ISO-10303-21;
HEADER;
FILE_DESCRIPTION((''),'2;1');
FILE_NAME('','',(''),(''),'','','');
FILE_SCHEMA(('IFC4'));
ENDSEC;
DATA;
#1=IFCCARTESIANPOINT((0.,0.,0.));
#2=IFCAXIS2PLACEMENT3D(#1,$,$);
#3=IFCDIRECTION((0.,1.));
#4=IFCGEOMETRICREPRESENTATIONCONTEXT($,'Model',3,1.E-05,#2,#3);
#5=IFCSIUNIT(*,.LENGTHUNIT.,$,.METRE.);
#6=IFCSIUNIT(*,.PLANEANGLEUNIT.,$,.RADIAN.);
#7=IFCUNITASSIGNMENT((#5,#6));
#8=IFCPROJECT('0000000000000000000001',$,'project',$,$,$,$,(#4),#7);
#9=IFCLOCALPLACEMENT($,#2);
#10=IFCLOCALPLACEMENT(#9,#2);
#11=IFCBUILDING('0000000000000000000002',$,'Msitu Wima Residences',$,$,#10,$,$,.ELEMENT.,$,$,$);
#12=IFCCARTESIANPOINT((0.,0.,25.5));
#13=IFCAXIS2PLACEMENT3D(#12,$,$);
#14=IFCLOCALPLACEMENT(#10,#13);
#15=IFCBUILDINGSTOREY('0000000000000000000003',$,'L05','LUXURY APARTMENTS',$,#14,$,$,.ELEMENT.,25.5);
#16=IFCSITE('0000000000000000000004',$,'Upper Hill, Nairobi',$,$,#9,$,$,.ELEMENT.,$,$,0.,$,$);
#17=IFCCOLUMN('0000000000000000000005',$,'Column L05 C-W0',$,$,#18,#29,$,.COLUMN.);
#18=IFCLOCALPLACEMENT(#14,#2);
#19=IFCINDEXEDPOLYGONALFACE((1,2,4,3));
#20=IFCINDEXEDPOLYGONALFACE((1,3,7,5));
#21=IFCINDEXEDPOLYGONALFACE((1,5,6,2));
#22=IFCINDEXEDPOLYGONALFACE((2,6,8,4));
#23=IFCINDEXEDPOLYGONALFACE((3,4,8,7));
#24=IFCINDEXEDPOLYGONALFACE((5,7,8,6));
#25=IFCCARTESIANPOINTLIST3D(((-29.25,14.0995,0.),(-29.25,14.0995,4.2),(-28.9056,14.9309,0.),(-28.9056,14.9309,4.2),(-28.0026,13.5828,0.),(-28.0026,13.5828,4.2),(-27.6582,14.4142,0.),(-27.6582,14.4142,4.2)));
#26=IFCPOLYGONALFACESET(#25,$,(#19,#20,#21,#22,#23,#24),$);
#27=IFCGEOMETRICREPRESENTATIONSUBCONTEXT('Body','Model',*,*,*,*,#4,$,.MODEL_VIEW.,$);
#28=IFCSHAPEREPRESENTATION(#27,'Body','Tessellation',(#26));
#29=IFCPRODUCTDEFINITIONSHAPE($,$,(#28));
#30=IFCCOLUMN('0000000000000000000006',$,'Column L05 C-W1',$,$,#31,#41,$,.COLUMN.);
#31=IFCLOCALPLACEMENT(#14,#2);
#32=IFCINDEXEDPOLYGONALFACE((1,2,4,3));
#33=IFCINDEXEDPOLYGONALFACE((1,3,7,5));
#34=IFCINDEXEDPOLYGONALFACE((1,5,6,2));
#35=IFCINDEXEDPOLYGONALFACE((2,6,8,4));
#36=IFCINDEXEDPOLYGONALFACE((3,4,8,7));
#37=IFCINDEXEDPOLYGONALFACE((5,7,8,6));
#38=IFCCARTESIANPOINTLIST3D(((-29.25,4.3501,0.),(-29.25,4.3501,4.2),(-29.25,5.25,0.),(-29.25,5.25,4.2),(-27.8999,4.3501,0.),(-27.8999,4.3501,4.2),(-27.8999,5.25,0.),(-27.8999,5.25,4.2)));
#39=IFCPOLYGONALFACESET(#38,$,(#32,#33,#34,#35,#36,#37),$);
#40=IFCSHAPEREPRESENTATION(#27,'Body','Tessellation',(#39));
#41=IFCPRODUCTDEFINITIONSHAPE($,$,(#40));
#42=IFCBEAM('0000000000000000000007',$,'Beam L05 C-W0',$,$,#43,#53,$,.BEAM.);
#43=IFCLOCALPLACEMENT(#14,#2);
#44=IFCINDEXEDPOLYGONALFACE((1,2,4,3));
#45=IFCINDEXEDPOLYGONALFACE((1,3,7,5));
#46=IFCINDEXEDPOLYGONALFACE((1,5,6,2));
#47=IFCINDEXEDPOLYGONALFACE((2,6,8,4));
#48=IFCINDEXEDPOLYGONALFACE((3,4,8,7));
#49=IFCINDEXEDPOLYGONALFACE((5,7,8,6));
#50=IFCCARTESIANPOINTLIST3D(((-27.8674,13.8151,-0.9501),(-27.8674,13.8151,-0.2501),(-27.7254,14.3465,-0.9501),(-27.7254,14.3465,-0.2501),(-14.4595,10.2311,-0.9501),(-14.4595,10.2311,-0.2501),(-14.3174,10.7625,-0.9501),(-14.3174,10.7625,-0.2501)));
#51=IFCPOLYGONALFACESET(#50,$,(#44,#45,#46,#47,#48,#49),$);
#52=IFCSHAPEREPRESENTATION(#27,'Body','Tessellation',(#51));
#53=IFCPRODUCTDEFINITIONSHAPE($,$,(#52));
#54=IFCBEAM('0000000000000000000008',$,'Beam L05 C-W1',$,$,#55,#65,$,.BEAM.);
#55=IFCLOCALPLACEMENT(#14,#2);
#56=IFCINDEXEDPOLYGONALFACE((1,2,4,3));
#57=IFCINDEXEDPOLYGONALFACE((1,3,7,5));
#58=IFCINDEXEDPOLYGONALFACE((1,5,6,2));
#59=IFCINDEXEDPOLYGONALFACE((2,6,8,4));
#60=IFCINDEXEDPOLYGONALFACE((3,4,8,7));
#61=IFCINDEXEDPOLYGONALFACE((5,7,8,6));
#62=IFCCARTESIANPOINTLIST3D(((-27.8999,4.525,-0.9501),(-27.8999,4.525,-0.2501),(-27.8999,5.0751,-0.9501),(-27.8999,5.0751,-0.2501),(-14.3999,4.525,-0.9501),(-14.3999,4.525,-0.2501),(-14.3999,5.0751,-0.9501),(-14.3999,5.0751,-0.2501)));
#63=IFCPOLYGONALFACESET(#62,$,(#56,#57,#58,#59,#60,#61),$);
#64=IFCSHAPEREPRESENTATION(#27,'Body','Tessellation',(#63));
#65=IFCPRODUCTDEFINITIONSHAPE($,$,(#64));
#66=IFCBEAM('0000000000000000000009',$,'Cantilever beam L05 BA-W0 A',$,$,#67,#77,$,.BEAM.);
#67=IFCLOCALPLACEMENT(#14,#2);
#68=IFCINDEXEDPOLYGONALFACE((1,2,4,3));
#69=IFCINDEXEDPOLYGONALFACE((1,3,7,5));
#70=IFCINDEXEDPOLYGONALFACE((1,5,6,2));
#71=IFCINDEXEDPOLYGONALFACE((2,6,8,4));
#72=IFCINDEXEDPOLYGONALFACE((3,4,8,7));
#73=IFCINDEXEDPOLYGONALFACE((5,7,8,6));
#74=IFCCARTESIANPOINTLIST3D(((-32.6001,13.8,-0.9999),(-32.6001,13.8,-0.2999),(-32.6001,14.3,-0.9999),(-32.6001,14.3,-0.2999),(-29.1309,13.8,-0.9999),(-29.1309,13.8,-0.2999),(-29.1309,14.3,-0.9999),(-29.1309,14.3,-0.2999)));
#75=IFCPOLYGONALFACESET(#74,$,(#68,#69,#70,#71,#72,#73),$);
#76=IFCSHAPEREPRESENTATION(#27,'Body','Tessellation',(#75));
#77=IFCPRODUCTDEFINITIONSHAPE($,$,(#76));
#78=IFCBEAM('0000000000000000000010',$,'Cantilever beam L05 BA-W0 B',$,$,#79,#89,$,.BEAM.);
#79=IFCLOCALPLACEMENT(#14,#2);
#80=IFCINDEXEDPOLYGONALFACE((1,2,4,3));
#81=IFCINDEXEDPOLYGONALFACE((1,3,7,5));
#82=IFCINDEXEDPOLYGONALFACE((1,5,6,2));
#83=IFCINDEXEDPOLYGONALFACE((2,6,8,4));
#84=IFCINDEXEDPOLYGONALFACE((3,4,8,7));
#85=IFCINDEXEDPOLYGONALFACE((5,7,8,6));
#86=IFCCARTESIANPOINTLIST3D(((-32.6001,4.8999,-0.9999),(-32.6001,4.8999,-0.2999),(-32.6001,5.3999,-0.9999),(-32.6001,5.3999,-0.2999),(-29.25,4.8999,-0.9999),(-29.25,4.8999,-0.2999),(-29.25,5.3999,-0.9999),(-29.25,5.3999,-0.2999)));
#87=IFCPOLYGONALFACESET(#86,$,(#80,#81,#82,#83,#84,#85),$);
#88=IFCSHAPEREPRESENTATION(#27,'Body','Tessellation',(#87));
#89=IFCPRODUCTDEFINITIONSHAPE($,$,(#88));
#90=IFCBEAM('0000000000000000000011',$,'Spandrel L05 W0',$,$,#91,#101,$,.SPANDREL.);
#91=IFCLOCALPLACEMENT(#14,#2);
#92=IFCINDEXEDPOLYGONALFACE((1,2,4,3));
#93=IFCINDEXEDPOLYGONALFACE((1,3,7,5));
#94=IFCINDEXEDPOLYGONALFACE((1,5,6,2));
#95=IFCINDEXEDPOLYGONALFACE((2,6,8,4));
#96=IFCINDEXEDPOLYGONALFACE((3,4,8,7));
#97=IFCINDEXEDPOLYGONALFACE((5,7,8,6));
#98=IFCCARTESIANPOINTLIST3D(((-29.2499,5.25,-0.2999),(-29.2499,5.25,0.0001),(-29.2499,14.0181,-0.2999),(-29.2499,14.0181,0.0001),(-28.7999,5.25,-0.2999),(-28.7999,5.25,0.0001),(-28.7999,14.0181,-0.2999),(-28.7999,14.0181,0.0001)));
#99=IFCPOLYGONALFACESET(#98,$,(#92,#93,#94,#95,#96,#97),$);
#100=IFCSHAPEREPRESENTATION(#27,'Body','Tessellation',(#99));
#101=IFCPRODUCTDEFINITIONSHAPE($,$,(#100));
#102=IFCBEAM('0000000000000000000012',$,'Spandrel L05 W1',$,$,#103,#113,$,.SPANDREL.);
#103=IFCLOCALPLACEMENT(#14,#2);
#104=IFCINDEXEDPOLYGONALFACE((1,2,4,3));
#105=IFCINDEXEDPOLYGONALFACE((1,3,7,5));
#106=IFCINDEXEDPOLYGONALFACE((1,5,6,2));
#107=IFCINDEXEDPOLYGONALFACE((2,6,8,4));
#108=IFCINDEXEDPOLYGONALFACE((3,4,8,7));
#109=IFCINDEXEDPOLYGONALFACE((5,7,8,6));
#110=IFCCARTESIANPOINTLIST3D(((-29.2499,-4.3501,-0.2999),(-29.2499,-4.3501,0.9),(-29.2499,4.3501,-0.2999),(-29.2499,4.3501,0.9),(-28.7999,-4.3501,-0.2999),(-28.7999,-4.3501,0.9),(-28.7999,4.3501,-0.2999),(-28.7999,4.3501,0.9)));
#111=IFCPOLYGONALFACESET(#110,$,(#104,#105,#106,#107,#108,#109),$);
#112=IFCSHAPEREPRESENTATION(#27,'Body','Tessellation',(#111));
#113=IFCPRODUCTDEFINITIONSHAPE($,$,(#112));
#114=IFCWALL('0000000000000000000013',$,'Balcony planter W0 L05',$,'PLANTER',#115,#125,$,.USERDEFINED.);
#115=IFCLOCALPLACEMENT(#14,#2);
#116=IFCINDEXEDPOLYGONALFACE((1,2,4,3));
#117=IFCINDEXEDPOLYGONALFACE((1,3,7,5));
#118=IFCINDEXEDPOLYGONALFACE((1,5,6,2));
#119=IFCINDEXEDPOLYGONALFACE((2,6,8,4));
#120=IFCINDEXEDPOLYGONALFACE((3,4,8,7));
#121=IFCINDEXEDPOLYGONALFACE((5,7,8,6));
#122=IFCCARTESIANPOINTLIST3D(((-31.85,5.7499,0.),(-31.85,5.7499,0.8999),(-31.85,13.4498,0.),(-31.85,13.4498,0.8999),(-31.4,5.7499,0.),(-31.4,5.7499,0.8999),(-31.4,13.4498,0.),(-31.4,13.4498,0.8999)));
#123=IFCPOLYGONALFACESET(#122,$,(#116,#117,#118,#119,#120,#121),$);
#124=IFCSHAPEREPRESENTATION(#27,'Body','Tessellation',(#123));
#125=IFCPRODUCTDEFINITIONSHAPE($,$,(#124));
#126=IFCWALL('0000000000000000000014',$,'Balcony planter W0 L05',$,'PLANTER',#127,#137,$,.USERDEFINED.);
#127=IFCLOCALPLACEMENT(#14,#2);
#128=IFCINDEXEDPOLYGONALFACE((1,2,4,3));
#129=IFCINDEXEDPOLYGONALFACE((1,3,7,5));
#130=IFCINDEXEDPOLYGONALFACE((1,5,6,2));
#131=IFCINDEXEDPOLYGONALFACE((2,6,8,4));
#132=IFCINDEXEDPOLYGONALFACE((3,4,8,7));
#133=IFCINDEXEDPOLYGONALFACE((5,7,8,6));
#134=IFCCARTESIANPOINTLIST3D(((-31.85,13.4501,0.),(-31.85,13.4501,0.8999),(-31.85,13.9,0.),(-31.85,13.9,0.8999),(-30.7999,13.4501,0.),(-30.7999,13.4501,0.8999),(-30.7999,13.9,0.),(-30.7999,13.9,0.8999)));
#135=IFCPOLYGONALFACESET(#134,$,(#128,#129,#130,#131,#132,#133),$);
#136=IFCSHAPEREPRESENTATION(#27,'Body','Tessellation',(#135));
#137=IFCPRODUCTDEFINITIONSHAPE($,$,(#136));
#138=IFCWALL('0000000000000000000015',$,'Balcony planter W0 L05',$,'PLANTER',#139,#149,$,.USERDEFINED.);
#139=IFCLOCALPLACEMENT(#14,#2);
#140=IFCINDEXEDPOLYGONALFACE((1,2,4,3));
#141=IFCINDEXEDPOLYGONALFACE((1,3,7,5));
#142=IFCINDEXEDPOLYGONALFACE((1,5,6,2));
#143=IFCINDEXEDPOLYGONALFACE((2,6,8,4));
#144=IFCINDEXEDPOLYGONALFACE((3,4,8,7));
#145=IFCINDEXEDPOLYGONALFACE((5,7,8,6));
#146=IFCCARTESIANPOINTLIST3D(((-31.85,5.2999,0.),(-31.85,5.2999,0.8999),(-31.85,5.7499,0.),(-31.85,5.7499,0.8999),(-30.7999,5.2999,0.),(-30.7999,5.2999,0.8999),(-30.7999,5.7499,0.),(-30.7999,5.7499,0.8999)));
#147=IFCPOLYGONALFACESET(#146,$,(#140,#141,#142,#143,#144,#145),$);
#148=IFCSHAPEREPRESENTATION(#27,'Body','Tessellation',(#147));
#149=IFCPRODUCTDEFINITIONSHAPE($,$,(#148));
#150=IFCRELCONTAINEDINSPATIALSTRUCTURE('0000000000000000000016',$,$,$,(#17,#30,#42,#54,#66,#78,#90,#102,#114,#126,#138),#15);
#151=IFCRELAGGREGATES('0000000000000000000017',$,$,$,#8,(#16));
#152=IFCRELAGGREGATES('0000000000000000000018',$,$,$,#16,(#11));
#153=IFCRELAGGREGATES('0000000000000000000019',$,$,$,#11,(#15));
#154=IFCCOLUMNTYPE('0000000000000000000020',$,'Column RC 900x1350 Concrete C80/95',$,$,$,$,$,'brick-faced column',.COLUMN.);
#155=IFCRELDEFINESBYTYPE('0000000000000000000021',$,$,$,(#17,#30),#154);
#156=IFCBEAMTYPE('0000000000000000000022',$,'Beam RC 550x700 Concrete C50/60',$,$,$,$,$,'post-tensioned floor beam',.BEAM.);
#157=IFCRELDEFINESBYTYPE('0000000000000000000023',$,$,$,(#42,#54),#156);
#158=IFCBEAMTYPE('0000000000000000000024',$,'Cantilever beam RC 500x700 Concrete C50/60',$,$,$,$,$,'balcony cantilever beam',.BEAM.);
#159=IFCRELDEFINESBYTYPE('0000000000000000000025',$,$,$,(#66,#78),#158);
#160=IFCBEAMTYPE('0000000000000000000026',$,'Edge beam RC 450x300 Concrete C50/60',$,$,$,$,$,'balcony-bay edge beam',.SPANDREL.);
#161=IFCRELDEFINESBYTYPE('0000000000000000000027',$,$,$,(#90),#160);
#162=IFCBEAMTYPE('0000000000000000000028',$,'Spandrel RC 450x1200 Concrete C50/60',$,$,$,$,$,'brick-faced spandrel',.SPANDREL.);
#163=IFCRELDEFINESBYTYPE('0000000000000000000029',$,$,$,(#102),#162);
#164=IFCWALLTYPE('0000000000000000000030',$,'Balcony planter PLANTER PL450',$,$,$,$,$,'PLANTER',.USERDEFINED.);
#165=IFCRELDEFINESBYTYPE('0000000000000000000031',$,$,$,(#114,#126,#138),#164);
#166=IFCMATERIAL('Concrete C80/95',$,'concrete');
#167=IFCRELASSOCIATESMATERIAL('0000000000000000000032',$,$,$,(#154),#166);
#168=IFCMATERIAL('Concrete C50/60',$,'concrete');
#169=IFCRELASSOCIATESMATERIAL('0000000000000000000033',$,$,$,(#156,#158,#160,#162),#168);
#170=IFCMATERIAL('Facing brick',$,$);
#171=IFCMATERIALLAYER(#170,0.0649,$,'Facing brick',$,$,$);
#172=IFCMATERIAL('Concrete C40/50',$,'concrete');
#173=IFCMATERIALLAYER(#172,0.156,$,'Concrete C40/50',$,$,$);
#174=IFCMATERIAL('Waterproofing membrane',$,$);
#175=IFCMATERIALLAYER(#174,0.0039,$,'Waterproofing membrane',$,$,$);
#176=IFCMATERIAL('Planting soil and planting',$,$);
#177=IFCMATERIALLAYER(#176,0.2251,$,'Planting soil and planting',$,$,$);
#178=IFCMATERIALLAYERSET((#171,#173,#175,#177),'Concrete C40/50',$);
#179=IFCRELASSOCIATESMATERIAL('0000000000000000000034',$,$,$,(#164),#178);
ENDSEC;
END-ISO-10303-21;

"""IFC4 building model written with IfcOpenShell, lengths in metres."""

from ifc_helpers import new_model, si_unit, direction, frame, frame_2d, origin, origin_2d, place, context, subcontext, project, spatial, rectangle, extrude, material, layer, layer_set, material_profile, profile_set, type_object, element, save


model = new_model("IFC4")

# Units and contexts
model_context = context("Model", 3, precision=1e-05, world=origin(), true_north=direction((0.0, 1.0)))
body_context = subcontext(model_context, "Body", "Model", "MODEL_VIEW")
ifc_project = project(units=[si_unit("LENGTHUNIT", "METRE"), si_unit("PLANEANGLEUNIT", "RADIAN")], contexts=[model_context])

# Site, building, storey
site_placement = place(None, origin())
site = spatial("IfcSite", under=ifc_project, at=site_placement, Name="Upper Hill, Nairobi", CompositionType="ELEMENT", RefElevation=0.0)
building_placement = place(site_placement, origin())
building = spatial("IfcBuilding", under=site, at=building_placement, Name="Msitu Wima Residences", CompositionType="ELEMENT")
storey_placement = place(building_placement, frame((0.0, 0.0, 25.5)))
storey = spatial("IfcBuildingStorey", under=building, at=storey_placement, Name="L05", Description="LUXURY APARTMENTS", CompositionType="ELEMENT", Elevation=25.5)

# Columns
ifc_material_1 = material(Name="Concrete C80/95", Category="concrete")
ifc_material_profile_1 = material_profile(ifc_material_1, rectangle(XDim=0.8999, YDim=1.3501, at=origin_2d()), Name="RC 900x1350")
ifc_profile_set_1 = profile_set([ifc_material_profile_1], Name="Concrete C80/95")
column_type = type_object("IfcColumnType", Name="Column RC 900x1350 Concrete C80/95", ElementType="brick-faced column", PredefinedType="COLUMN", material=ifc_profile_set_1)
for number, where, z_axis, x_axis, name in (
    (1, (-28.4541, 14.2568, 0.0), (0.0, 0.0, 1.0), (-0.382683, -0.92388, 0.0), "Column L05 C-W0"),
    (2, (-28.575, 4.8, 0.0), (0.0, 0.0, 1.0), (0.0, -1.0, 0.0), "Column L05 C-W1"),
):
    element("IfcColumn", number, at=place(storey_placement, frame(where, z_axis=z_axis, x_axis=x_axis)), inside=storey, type_object=column_type, Name=name, PredefinedType="COLUMN", context=body_context, shape_type="SweptSolid", body=[
        extrude(rectangle(XDim=0.8999, YDim=1.3501, at=origin_2d()), origin(), (0.0, 0.0, 1.0), 4.2),
    ])

# Beams
ifc_material_2 = material(Name="Concrete C50/60", Category="concrete")
ifc_material_profile_2 = material_profile(ifc_material_2, rectangle(XDim=0.55, YDim=0.7, at=origin_2d()), Name="RC 550x700")
ifc_profile_set_2 = profile_set([ifc_material_profile_2], Name="Concrete C50/60")
beam_type_1 = type_object("IfcBeamType", Name="Beam RC 550x700 Concrete C50/60", ElementType="post-tensioned floor beam", PredefinedType="BEAM", material=ifc_profile_set_2)
beam_1_placement = place(storey_placement, frame((-27.7964, 14.0808, -0.6001), z_axis=(0.966082, -0.258236, 0.0), x_axis=(0.258236, 0.966082, 0.0)))
element("IfcBeam", 3, at=beam_1_placement, inside=storey, type_object=beam_type_1, Name="Beam L05 C-W0", PredefinedType="BEAM", context=body_context, shape_type="SweptSolid", body=[
    extrude(rectangle(XDim=0.55, YDim=0.7, at=origin_2d()), origin(), (0.0, 0.0, 1.0), 13.8787),
])
beam_2_placement = place(storey_placement, frame((-27.8999, 4.8, -0.6001), z_axis=(1.0, 0.0, 0.0), x_axis=(0.0, 1.0, 0.0)))
element("IfcBeam", 4, at=beam_2_placement, inside=storey, type_object=beam_type_1, Name="Beam L05 C-W1", PredefinedType="BEAM", context=body_context, shape_type="SweptSolid", body=[
    extrude(rectangle(XDim=0.55, YDim=0.7, at=origin_2d()), origin(), (0.0, 0.0, 1.0), 13.5),
])
ifc_material_profile_3 = material_profile(ifc_material_2, rectangle(XDim=0.5, YDim=0.7, at=origin_2d()), Name="RC 500x700")
ifc_profile_set_3 = profile_set([ifc_material_profile_3], Name="Concrete C50/60")
beam_type_2 = type_object("IfcBeamType", Name="Cantilever beam RC 500x700 Concrete C50/60", ElementType="balcony cantilever beam", PredefinedType="BEAM", material=ifc_profile_set_3)
beam_3_placement = place(storey_placement, frame((-29.1309, 14.05, -0.6499), z_axis=(-1.0, 0.0, 0.0), x_axis=(0.0, -1.0, 0.0)))
element("IfcBeam", 5, at=beam_3_placement, inside=storey, type_object=beam_type_2, Name="Cantilever beam L05 BA-W0 A", PredefinedType="BEAM", context=body_context, shape_type="SweptSolid", body=[
    extrude(rectangle(XDim=0.5, YDim=0.7, at=origin_2d()), origin(), (0.0, 0.0, 1.0), 3.4692),
])
beam_4_placement = place(storey_placement, frame((-29.25, 5.1499, -0.6499), z_axis=(-1.0, 0.0, 0.0), x_axis=(0.0, -1.0, 0.0)))
element("IfcBeam", 6, at=beam_4_placement, inside=storey, type_object=beam_type_2, Name="Cantilever beam L05 BA-W0 B", PredefinedType="BEAM", context=body_context, shape_type="SweptSolid", body=[
    extrude(rectangle(XDim=0.5, YDim=0.7, at=origin_2d()), origin(), (0.0, 0.0, 1.0), 3.3501),
])
ifc_material_profile_4 = material_profile(ifc_material_2, rectangle(XDim=0.45, YDim=0.3, at=origin_2d()), Name="RC 450x300")
ifc_profile_set_4 = profile_set([ifc_material_profile_4], Name="Concrete C50/60")
beam_type_3 = type_object("IfcBeamType", Name="Edge beam RC 450x300 Concrete C50/60", ElementType="balcony-bay edge beam", PredefinedType="SPANDREL", material=ifc_profile_set_4)
beam_5_placement = place(storey_placement, frame((-29.0249, 14.0181, -0.1499), z_axis=(0.0, -1.0, 0.0), x_axis=(1.0, 0.0, 0.0)))
element("IfcBeam", 7, at=beam_5_placement, inside=storey, type_object=beam_type_3, Name="Spandrel L05 W0", PredefinedType="SPANDREL", context=body_context, shape_type="SweptSolid", body=[
    extrude(rectangle(XDim=0.45, YDim=0.3, at=origin_2d()), origin(), (0.0, 0.0, 1.0), 8.7681),
])
ifc_material_profile_5 = material_profile(ifc_material_2, rectangle(XDim=0.45, YDim=1.2, at=origin_2d()), Name="RC 450x1200")
ifc_profile_set_5 = profile_set([ifc_material_profile_5], Name="Concrete C50/60")
beam_type_4 = type_object("IfcBeamType", Name="Spandrel RC 450x1200 Concrete C50/60", ElementType="brick-faced spandrel", PredefinedType="SPANDREL", material=ifc_profile_set_5)
beam_6_placement = place(storey_placement, frame((-29.0249, 4.3501, 0.3), z_axis=(0.0, -1.0, 0.0), x_axis=(1.0, 0.0, 0.0)))
element("IfcBeam", 8, at=beam_6_placement, inside=storey, type_object=beam_type_4, Name="Spandrel L05 W1", PredefinedType="SPANDREL", context=body_context, shape_type="SweptSolid", body=[
    extrude(rectangle(XDim=0.45, YDim=1.2, at=origin_2d()), origin(), (0.0, 0.0, 1.0), 8.7002),
])

# Walls
ifc_material_3 = material(Name="Facing brick")
ifc_layer_1 = layer(ifc_material_3, 0.0649, Name="Facing brick")
ifc_material_4 = material(Name="Concrete C40/50", Category="concrete")
ifc_layer_2 = layer(ifc_material_4, 0.156, Name="Concrete C40/50")
ifc_material_5 = material(Name="Waterproofing membrane")
ifc_layer_3 = layer(ifc_material_5, 0.0039, Name="Waterproofing membrane")
ifc_material_6 = material(Name="Planting soil and planting")
ifc_layer_4 = layer(ifc_material_6, 0.2251, Name="Planting soil and planting")
ifc_layer_set_1 = layer_set([ifc_layer_1, ifc_layer_2, ifc_layer_3, ifc_layer_4], Name="Concrete C40/50")
wall_type_1 = type_object("IfcWallType", Name="Balcony planter PLANTER PL450", ElementType="PLANTER", PredefinedType="USERDEFINED", material=ifc_layer_set_1)
wall_1_placement = place(storey_placement, frame((-31.625, 13.45, 0.0), z_axis=(0.0, 0.0, 1.0), x_axis=(0.0, -1.0, 0.0)))
element("IfcWall", 9, at=wall_1_placement, inside=storey, type_object=wall_type_1, Name="Balcony planter W0 L05", ObjectType="PLANTER", PredefinedType="USERDEFINED", context=body_context, shape_type="SweptSolid", body=[
    extrude(rectangle(XDim=7.7, YDim=0.45, at=frame_2d((3.8501, 0.0))), origin(), (0.0, 0.0, 1.0), 0.8999),
])
for number, where, z_axis, x_axis, name in (
    (10, (-30.8, 13.675, 0.0), (0.0, 0.0, 1.0), (-1.0, 0.0, 0.0), "Balcony planter W0 L05"),
    (11, (-30.8, 5.5249, 0.0), (0.0, 0.0, 1.0), (-1.0, 0.0, 0.0), "Balcony planter W0 L05"),
):
    element("IfcWall", number, at=place(storey_placement, frame(where, z_axis=z_axis, x_axis=x_axis)), inside=storey, type_object=wall_type_1, Name=name, ObjectType="PLANTER", PredefinedType="USERDEFINED", context=body_context, shape_type="SweptSolid", body=[
        extrude(rectangle(XDim=1.05, YDim=0.45, at=frame_2d((0.5249, 0.0))), origin(), (0.0, 0.0, 1.0), 0.8999),
    ])

save(model, "model.ifc")
